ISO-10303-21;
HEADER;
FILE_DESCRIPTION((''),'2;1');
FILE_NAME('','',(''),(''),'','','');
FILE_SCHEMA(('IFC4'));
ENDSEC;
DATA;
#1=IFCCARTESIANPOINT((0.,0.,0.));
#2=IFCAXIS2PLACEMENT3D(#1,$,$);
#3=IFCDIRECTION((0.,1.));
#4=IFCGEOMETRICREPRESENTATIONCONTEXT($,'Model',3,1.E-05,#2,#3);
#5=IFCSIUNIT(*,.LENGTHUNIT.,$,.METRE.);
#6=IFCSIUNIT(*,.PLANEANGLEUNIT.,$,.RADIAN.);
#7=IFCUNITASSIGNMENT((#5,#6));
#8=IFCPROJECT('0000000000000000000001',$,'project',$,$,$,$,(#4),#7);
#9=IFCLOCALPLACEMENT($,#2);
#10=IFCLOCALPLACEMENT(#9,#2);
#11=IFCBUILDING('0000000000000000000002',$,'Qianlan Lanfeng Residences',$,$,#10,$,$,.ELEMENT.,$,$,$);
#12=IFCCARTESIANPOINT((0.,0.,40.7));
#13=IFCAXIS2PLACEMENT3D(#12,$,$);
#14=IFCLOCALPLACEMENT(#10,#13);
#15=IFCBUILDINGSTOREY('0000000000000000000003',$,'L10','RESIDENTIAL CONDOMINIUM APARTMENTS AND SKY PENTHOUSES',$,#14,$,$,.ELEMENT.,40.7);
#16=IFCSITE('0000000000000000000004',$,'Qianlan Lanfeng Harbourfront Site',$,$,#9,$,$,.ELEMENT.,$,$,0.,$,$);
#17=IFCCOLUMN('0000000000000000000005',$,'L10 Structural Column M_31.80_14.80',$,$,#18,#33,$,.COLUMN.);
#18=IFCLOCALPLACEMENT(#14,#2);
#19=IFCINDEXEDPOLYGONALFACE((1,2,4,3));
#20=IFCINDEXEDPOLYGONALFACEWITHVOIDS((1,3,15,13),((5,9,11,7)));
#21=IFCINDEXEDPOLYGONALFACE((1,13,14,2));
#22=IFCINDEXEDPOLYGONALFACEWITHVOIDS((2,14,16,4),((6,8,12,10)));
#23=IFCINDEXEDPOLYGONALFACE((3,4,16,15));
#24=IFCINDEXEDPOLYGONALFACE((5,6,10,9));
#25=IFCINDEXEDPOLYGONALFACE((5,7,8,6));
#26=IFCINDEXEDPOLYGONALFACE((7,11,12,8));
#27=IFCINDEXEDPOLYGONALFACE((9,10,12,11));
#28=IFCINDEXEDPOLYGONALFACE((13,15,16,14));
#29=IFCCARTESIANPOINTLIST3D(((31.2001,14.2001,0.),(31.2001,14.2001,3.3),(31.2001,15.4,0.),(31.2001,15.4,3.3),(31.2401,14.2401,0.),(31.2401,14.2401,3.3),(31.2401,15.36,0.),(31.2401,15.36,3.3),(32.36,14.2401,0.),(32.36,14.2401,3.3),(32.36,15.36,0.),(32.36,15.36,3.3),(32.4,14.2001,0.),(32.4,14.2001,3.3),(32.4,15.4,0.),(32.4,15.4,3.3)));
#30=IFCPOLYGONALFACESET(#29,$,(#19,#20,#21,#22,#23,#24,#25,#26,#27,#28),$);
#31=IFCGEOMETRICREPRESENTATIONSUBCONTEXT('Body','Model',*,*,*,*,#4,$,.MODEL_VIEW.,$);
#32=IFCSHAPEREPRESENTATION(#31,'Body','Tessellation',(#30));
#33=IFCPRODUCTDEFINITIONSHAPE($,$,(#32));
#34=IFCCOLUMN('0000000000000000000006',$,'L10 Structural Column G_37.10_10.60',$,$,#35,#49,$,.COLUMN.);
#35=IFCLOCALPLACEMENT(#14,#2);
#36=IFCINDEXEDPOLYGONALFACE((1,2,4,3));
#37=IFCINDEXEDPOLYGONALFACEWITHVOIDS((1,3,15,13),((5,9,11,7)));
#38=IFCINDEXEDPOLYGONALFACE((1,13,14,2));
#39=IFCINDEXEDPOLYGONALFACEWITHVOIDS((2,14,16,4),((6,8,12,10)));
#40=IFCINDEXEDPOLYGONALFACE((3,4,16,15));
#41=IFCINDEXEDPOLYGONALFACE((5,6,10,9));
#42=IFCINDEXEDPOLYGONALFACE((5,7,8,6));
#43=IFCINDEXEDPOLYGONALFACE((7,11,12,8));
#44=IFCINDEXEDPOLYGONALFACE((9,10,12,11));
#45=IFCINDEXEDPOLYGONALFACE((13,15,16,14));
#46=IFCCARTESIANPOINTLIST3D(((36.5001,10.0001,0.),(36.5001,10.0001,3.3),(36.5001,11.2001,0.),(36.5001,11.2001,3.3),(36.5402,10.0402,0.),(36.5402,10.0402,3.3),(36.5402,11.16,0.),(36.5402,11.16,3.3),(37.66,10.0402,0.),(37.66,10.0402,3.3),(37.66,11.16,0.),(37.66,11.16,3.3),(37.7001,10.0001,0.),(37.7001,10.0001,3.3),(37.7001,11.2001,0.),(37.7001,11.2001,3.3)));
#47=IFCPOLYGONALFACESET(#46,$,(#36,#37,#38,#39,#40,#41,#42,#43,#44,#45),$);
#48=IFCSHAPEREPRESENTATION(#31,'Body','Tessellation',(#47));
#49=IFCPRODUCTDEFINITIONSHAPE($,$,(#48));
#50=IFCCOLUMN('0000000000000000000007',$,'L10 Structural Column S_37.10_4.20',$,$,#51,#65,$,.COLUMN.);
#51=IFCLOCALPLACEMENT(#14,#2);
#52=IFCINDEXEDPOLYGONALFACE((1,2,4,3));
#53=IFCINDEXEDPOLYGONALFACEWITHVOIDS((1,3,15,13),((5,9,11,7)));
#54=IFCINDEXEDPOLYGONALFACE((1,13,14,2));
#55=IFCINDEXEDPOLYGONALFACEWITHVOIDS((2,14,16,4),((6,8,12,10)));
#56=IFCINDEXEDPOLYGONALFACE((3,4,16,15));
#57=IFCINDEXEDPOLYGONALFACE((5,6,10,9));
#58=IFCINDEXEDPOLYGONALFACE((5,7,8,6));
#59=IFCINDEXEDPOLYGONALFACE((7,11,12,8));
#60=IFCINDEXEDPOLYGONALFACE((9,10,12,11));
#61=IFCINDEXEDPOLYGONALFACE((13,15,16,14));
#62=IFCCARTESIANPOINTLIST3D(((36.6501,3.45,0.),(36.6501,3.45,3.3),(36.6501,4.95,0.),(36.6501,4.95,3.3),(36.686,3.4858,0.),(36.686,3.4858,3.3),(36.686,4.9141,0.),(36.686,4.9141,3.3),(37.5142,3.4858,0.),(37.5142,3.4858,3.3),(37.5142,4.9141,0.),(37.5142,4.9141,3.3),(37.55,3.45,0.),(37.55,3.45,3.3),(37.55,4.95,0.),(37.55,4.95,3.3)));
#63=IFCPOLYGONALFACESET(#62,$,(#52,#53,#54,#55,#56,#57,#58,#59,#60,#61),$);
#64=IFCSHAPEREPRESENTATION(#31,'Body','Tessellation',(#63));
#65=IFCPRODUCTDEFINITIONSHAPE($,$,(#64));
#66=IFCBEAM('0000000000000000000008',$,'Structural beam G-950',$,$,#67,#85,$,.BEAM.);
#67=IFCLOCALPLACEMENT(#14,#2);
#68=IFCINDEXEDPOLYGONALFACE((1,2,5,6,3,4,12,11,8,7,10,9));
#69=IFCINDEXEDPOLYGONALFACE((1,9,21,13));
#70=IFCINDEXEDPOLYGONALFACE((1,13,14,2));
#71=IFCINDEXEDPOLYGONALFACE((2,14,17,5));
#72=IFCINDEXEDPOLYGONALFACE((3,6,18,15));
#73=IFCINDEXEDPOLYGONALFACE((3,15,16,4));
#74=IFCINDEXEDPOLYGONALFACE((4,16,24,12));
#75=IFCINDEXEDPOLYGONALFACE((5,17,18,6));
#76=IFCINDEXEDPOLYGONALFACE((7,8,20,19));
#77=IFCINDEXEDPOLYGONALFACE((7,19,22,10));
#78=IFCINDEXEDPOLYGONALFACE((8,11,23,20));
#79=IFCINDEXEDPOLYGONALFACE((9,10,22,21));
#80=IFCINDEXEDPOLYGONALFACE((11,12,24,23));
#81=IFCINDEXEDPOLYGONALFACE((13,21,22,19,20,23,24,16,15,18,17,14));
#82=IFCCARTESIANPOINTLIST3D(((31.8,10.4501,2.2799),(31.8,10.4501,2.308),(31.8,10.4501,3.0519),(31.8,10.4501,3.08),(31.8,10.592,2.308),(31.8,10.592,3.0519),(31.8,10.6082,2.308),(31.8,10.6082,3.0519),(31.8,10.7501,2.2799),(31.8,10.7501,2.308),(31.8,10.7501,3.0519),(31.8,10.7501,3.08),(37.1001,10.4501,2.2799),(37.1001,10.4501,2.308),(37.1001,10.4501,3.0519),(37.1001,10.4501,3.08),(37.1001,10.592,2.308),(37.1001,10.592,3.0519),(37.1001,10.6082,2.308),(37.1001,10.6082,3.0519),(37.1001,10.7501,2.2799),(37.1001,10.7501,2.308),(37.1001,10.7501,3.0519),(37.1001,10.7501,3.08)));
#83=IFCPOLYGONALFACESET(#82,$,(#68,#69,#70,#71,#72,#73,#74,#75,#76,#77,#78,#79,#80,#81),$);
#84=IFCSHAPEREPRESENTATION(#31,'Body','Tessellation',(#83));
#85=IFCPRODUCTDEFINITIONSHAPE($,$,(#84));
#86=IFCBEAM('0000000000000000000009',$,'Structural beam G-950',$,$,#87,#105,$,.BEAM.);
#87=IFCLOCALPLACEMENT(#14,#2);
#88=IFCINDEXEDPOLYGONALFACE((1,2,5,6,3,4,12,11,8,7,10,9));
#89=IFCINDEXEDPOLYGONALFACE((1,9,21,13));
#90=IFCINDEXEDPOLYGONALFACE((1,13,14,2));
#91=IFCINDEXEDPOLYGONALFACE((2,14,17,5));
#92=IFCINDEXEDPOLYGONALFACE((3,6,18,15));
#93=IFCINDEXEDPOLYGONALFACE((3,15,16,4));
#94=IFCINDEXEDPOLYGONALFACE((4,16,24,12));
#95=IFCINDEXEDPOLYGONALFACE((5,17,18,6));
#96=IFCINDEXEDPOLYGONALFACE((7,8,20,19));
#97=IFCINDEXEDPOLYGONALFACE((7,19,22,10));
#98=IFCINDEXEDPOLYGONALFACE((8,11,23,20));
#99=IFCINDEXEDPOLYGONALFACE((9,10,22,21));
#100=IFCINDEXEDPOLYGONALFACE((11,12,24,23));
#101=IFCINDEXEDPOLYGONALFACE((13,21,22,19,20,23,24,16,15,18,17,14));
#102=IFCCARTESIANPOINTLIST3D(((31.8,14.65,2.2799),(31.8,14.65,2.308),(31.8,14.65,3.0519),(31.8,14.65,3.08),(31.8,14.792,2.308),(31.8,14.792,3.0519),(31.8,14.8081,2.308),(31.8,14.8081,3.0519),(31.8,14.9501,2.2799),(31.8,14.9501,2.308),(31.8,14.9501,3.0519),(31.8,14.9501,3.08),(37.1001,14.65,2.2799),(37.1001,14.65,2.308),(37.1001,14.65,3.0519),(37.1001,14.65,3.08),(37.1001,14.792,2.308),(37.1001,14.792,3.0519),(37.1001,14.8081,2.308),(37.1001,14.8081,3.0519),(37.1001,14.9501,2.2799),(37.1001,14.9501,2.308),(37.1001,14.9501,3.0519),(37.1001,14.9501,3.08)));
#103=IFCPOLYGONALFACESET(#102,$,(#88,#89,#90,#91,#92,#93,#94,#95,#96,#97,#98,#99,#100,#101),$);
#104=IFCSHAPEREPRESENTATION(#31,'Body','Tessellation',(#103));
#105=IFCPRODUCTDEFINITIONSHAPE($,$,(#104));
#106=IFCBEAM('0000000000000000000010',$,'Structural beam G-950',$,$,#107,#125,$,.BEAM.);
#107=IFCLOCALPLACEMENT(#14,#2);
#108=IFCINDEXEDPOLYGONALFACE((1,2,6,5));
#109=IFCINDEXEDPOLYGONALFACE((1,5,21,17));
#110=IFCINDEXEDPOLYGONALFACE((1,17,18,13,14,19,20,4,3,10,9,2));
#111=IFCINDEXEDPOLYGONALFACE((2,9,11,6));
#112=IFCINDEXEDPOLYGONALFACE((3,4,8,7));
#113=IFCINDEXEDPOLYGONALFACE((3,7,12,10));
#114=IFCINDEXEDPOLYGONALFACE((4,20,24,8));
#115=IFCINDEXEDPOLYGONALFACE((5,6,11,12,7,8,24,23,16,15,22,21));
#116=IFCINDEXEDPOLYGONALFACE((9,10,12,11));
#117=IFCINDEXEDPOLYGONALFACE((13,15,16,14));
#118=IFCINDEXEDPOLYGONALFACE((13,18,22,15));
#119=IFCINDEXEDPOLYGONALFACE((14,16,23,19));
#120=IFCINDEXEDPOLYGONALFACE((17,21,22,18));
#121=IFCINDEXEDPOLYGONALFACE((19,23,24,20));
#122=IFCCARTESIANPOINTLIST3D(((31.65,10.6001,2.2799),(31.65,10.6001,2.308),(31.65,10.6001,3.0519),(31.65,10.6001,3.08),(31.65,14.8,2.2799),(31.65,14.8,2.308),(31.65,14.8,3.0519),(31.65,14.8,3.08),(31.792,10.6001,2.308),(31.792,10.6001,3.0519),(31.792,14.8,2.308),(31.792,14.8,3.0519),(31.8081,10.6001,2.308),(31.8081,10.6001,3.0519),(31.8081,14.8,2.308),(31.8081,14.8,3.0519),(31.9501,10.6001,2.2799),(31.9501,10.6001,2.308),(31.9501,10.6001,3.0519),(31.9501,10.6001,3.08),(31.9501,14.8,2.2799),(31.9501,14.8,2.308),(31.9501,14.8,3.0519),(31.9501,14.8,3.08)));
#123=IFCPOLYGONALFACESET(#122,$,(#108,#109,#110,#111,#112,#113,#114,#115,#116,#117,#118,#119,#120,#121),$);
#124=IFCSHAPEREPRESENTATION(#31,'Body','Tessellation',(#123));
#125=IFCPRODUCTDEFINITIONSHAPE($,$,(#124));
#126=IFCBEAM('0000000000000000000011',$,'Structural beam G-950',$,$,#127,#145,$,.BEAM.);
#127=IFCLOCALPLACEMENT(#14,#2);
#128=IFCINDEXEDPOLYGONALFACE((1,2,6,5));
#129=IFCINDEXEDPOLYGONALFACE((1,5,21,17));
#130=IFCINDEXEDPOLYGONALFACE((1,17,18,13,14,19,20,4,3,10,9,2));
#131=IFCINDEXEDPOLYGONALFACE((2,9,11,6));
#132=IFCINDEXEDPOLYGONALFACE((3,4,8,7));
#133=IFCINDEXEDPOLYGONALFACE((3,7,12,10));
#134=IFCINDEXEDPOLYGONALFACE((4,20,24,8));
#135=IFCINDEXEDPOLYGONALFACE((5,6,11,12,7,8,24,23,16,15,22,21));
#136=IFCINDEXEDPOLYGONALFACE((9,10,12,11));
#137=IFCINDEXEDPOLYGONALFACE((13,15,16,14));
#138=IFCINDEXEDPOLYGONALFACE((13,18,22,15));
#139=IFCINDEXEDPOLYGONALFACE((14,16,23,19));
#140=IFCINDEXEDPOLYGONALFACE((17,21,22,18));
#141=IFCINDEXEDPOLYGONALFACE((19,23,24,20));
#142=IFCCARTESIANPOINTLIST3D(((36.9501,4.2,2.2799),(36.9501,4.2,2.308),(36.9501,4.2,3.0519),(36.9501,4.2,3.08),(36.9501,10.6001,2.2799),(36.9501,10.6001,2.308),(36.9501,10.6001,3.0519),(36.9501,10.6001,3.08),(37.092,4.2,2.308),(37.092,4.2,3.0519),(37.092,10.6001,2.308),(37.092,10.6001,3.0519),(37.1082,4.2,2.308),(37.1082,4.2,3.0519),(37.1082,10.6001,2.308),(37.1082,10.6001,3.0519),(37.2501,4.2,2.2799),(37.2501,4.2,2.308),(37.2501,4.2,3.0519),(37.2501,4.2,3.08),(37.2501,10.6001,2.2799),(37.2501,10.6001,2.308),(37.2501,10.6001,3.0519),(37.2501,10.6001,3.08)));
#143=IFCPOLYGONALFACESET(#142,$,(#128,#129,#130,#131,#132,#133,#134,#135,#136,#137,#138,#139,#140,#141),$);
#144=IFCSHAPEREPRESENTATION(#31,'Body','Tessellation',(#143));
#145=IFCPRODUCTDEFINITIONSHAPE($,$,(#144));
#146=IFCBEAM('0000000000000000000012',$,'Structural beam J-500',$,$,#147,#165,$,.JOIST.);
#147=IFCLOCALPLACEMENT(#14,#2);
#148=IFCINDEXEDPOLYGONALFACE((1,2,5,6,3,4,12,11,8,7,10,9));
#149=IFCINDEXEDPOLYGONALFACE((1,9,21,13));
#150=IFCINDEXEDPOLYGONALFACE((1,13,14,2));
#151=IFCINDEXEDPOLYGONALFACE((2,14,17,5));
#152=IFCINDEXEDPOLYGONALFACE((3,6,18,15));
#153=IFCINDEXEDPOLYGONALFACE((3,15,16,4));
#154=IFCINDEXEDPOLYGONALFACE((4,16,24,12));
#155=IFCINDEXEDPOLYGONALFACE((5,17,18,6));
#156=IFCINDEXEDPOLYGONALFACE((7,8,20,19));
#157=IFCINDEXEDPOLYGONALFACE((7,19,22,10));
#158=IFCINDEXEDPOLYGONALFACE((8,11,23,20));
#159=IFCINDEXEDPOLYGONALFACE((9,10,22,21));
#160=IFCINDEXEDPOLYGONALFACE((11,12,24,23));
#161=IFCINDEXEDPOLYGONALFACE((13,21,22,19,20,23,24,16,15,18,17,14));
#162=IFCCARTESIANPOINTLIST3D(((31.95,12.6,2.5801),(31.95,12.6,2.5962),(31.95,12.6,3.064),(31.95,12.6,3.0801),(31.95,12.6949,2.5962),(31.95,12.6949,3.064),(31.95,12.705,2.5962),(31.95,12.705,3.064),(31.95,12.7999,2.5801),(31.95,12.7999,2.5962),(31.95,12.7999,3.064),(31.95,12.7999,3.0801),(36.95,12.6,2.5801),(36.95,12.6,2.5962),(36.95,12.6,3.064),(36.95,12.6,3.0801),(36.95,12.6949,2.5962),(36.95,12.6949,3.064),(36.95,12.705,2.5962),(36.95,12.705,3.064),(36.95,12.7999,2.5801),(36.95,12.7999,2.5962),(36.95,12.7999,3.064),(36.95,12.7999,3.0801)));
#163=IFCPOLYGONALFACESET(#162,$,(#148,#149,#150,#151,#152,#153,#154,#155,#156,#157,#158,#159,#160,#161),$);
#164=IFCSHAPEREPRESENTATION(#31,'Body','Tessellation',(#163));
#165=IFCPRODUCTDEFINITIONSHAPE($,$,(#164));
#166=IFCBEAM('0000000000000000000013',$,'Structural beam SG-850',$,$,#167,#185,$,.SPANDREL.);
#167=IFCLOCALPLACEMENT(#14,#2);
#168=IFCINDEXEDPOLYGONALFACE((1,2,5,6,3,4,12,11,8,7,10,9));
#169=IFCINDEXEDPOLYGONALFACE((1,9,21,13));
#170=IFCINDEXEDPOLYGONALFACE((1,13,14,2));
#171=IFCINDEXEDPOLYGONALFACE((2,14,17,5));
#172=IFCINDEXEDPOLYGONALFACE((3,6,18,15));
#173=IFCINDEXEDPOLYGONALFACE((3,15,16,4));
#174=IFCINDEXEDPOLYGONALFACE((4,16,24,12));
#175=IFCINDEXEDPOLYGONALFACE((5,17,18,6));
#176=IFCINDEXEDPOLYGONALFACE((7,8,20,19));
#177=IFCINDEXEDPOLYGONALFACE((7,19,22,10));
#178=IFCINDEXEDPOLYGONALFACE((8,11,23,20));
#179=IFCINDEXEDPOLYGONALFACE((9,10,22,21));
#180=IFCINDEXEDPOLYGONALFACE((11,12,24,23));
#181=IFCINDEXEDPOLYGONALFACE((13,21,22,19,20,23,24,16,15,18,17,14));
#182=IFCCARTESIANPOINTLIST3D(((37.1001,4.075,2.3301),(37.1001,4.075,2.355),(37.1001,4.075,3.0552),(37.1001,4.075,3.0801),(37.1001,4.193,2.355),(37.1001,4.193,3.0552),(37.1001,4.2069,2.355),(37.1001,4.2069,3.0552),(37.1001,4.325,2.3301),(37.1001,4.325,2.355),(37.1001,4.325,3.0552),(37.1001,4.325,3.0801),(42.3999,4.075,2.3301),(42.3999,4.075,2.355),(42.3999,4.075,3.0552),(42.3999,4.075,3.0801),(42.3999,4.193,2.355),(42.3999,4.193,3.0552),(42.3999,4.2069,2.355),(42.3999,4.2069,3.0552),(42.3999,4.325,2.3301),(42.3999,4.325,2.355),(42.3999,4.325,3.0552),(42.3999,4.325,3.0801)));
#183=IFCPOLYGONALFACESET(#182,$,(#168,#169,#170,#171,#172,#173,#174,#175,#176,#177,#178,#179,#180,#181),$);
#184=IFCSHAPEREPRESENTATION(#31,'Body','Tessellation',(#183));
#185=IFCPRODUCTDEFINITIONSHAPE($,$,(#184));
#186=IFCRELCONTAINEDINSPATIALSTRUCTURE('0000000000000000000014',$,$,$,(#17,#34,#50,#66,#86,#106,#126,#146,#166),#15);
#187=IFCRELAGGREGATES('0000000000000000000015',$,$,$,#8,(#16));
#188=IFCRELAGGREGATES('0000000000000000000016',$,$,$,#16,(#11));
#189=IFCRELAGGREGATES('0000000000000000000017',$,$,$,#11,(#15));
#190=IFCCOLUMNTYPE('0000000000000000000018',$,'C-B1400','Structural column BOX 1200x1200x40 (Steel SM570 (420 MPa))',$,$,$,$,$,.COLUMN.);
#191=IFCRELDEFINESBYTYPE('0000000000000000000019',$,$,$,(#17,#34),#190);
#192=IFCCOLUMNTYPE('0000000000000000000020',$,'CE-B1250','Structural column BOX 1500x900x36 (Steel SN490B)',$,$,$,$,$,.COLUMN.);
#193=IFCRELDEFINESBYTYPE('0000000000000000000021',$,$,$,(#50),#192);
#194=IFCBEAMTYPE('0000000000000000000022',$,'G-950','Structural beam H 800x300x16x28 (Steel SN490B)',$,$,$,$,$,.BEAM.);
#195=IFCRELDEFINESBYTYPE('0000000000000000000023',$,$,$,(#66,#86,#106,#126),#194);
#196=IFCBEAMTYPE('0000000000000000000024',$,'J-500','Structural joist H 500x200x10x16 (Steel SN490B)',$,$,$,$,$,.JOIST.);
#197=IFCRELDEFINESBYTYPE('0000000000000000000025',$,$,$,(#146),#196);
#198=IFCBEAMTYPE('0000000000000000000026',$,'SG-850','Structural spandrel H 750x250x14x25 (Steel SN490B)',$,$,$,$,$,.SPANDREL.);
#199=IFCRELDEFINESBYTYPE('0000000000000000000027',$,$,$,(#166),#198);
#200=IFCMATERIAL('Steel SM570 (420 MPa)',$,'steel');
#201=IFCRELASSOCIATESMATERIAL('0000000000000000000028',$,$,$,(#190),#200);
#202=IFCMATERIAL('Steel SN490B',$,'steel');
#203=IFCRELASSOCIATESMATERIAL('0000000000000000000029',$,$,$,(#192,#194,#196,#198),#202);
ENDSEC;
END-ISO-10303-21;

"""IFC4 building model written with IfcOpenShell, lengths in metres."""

from ifc_helpers import new_model, si_unit, direction, frame, origin, origin_2d, place, context, subcontext, project, spatial, hollow_rectangle, i_section, extrude, material, material_profile, profile_set, type_object, element, save


model = new_model("IFC4")

# Units and contexts
model_context = context("Model", 3, precision=1e-05, world=origin(), true_north=direction((0.0, 1.0)))
body_context = subcontext(model_context, "Body", "Model", "MODEL_VIEW")
ifc_project = project(units=[si_unit("LENGTHUNIT", "METRE"), si_unit("PLANEANGLEUNIT", "RADIAN")], contexts=[model_context])

# Site, building, storey
site_placement = place(None, origin())
site = spatial("IfcSite", under=ifc_project, at=site_placement, Name="Qianlan Lanfeng Harbourfront Site", CompositionType="ELEMENT", RefElevation=0.0)
building_placement = place(site_placement, origin())
building = spatial("IfcBuilding", under=site, at=building_placement, Name="Qianlan Lanfeng Residences", CompositionType="ELEMENT")
storey_placement = place(building_placement, frame((0.0, 0.0, 40.7)))
storey = spatial("IfcBuildingStorey", under=building, at=storey_placement, Name="L10", Description="RESIDENTIAL CONDOMINIUM APARTMENTS AND SKY PENTHOUSES", CompositionType="ELEMENT", Elevation=40.7)

# Columns
ifc_material_1 = material(Name="Steel SM570 (420 MPa)", Category="steel")
ifc_material_profile_1 = material_profile(ifc_material_1, hollow_rectangle(XDim=1.2, YDim=1.2, WallThickness=0.04, at=origin_2d()), Name="BOX 1200x1200x40")
ifc_profile_set_1 = profile_set([ifc_material_profile_1], Name="Steel SM570 (420 MPa)")
column_type_1 = type_object("IfcColumnType", Name="C-B1400", Description="Structural column BOX 1200x1200x40 (Steel SM570 (420 MPa))", PredefinedType="COLUMN", material=ifc_profile_set_1)
for number, where, z_axis, x_axis, name in (
    (1, (31.8, 14.8, 0.0), (0.0, 0.0, 1.0), (1.0, 0.0, 0.0), "L10 Structural Column M_31.80_14.80"),
    (2, (37.1001, 10.6001, 0.0), (0.0, 0.0, 1.0), (1.0, 0.0, 0.0), "L10 Structural Column G_37.10_10.60"),
):
    element("IfcColumn", number, at=place(storey_placement, frame(where, z_axis=z_axis, x_axis=x_axis)), inside=storey, type_object=column_type_1, Name=name, PredefinedType="COLUMN", context=body_context, shape_type="SweptSolid", body=[
        extrude(hollow_rectangle(XDim=1.2, YDim=1.2, WallThickness=0.04, at=origin_2d()), origin(), (0.0, 0.0, 1.0), 3.3),
    ])
ifc_material_2 = material(Name="Steel SN490B", Category="steel")
ifc_material_profile_2 = material_profile(ifc_material_2, hollow_rectangle(XDim=0.8999, YDim=1.5, WallThickness=0.0359, at=origin_2d()), Name="BOX 1500x900x36")
ifc_profile_set_2 = profile_set([ifc_material_profile_2], Name="Steel SN490B")
column_type_2 = type_object("IfcColumnType", Name="CE-B1250", Description="Structural column BOX 1500x900x36 (Steel SN490B)", PredefinedType="COLUMN", material=ifc_profile_set_2)
column_placement = place(storey_placement, frame((37.1001, 4.2, 0.0), z_axis=(0.0, 0.0, 1.0), x_axis=(1.0, 0.0, 0.0)))
element("IfcColumn", 3, at=column_placement, inside=storey, type_object=column_type_2, Name="L10 Structural Column S_37.10_4.20", PredefinedType="COLUMN", context=body_context, shape_type="SweptSolid", body=[
    extrude(hollow_rectangle(XDim=0.8999, YDim=1.5, WallThickness=0.0359, at=origin_2d()), origin(), (0.0, 0.0, 1.0), 3.3),
])

# Beams
ifc_material_profile_3 = material_profile(ifc_material_2, i_section(OverallWidth=0.3, OverallDepth=0.8, WebThickness=0.0161, FlangeThickness=0.0281, at=origin_2d()), Name="H 800x300x16x28")
ifc_profile_set_3 = profile_set([ifc_material_profile_3], Name="Steel SN490B")
beam_type_1 = type_object("IfcBeamType", Name="G-950", Description="Structural beam H 800x300x16x28 (Steel SN490B)", PredefinedType="BEAM", material=ifc_profile_set_3)
for number, where, z_axis, x_axis, name in (
    (4, (31.8, 10.6001, 2.6799), (1.0, 0.0, 0.0), (0.0, 1.0, 0.0), "Structural beam G-950"),
    (5, (31.8, 14.8, 2.6799), (1.0, 0.0, 0.0), (0.0, 1.0, 0.0), "Structural beam G-950"),
):
    element("IfcBeam", number, at=place(storey_placement, frame(where, z_axis=z_axis, x_axis=x_axis)), inside=storey, type_object=beam_type_1, Name=name, PredefinedType="BEAM", context=body_context, shape_type="SweptSolid", body=[
        extrude(i_section(OverallWidth=0.3, OverallDepth=0.8, WebThickness=0.0161, FlangeThickness=0.0281, at=origin_2d()), origin(), (0.0, 0.0, 1.0), 5.3),
    ])
beam_1_placement = place(storey_placement, frame((31.8, 10.6001, 2.6799), z_axis=(0.0, 1.0, 0.0), x_axis=(-1.0, 0.0, 0.0)))
element("IfcBeam", 6, at=beam_1_placement, inside=storey, type_object=beam_type_1, Name="Structural beam G-950", PredefinedType="BEAM", context=body_context, shape_type="SweptSolid", body=[
    extrude(i_section(OverallWidth=0.3, OverallDepth=0.8, WebThickness=0.0161, FlangeThickness=0.0281, at=origin_2d()), origin(), (0.0, 0.0, 1.0), 4.2),
])
beam_2_placement = place(storey_placement, frame((37.1001, 4.2, 2.6799), z_axis=(0.0, 1.0, 0.0), x_axis=(-1.0, 0.0, 0.0)))
element("IfcBeam", 7, at=beam_2_placement, inside=storey, type_object=beam_type_1, Name="Structural beam G-950", PredefinedType="BEAM", context=body_context, shape_type="SweptSolid", body=[
    extrude(i_section(OverallWidth=0.3, OverallDepth=0.8, WebThickness=0.0161, FlangeThickness=0.0281, at=origin_2d()), origin(), (0.0, 0.0, 1.0), 6.4001),
])
ifc_material_profile_4 = material_profile(ifc_material_2, i_section(OverallWidth=0.2, OverallDepth=0.5, WebThickness=0.01, FlangeThickness=0.0161, at=origin_2d()), Name="H 500x200x10x16")
ifc_profile_set_4 = profile_set([ifc_material_profile_4], Name="Steel SN490B")
beam_type_2 = type_object("IfcBeamType", Name="J-500", Description="Structural joist H 500x200x10x16 (Steel SN490B)", PredefinedType="JOIST", material=ifc_profile_set_4)
beam_3_placement = place(storey_placement, frame((31.95, 12.7, 2.8301), z_axis=(1.0, 0.0, 0.0), x_axis=(0.0, 1.0, 0.0)))
element("IfcBeam", 8, at=beam_3_placement, inside=storey, type_object=beam_type_2, Name="Structural beam J-500", PredefinedType="JOIST", context=body_context, shape_type="SweptSolid", body=[
    extrude(i_section(OverallWidth=0.2, OverallDepth=0.5, WebThickness=0.01, FlangeThickness=0.0161, at=origin_2d()), origin(), (0.0, 0.0, 1.0), 5.0),
])
ifc_material_profile_5 = material_profile(ifc_material_2, i_section(OverallWidth=0.25, OverallDepth=0.75, WebThickness=0.0139, FlangeThickness=0.0249, at=origin_2d()), Name="H 750x250x14x25")
ifc_profile_set_5 = profile_set([ifc_material_profile_5], Name="Steel SN490B")
beam_type_3 = type_object("IfcBeamType", Name="SG-850", Description="Structural spandrel H 750x250x14x25 (Steel SN490B)", PredefinedType="SPANDREL", material=ifc_profile_set_5)
beam_4_placement = place(storey_placement, frame((37.1001, 4.2, 2.7051), z_axis=(1.0, 0.0, 0.0), x_axis=(0.0, 1.0, 0.0)))
element("IfcBeam", 9, at=beam_4_placement, inside=storey, type_object=beam_type_3, Name="Structural beam SG-850", PredefinedType="SPANDREL", context=body_context, shape_type="SweptSolid", body=[
    extrude(i_section(OverallWidth=0.25, OverallDepth=0.75, WebThickness=0.0139, FlangeThickness=0.0249, at=origin_2d()), origin(), (0.0, 0.0, 1.0), 5.2998),
])

save(model, "model.ifc")
